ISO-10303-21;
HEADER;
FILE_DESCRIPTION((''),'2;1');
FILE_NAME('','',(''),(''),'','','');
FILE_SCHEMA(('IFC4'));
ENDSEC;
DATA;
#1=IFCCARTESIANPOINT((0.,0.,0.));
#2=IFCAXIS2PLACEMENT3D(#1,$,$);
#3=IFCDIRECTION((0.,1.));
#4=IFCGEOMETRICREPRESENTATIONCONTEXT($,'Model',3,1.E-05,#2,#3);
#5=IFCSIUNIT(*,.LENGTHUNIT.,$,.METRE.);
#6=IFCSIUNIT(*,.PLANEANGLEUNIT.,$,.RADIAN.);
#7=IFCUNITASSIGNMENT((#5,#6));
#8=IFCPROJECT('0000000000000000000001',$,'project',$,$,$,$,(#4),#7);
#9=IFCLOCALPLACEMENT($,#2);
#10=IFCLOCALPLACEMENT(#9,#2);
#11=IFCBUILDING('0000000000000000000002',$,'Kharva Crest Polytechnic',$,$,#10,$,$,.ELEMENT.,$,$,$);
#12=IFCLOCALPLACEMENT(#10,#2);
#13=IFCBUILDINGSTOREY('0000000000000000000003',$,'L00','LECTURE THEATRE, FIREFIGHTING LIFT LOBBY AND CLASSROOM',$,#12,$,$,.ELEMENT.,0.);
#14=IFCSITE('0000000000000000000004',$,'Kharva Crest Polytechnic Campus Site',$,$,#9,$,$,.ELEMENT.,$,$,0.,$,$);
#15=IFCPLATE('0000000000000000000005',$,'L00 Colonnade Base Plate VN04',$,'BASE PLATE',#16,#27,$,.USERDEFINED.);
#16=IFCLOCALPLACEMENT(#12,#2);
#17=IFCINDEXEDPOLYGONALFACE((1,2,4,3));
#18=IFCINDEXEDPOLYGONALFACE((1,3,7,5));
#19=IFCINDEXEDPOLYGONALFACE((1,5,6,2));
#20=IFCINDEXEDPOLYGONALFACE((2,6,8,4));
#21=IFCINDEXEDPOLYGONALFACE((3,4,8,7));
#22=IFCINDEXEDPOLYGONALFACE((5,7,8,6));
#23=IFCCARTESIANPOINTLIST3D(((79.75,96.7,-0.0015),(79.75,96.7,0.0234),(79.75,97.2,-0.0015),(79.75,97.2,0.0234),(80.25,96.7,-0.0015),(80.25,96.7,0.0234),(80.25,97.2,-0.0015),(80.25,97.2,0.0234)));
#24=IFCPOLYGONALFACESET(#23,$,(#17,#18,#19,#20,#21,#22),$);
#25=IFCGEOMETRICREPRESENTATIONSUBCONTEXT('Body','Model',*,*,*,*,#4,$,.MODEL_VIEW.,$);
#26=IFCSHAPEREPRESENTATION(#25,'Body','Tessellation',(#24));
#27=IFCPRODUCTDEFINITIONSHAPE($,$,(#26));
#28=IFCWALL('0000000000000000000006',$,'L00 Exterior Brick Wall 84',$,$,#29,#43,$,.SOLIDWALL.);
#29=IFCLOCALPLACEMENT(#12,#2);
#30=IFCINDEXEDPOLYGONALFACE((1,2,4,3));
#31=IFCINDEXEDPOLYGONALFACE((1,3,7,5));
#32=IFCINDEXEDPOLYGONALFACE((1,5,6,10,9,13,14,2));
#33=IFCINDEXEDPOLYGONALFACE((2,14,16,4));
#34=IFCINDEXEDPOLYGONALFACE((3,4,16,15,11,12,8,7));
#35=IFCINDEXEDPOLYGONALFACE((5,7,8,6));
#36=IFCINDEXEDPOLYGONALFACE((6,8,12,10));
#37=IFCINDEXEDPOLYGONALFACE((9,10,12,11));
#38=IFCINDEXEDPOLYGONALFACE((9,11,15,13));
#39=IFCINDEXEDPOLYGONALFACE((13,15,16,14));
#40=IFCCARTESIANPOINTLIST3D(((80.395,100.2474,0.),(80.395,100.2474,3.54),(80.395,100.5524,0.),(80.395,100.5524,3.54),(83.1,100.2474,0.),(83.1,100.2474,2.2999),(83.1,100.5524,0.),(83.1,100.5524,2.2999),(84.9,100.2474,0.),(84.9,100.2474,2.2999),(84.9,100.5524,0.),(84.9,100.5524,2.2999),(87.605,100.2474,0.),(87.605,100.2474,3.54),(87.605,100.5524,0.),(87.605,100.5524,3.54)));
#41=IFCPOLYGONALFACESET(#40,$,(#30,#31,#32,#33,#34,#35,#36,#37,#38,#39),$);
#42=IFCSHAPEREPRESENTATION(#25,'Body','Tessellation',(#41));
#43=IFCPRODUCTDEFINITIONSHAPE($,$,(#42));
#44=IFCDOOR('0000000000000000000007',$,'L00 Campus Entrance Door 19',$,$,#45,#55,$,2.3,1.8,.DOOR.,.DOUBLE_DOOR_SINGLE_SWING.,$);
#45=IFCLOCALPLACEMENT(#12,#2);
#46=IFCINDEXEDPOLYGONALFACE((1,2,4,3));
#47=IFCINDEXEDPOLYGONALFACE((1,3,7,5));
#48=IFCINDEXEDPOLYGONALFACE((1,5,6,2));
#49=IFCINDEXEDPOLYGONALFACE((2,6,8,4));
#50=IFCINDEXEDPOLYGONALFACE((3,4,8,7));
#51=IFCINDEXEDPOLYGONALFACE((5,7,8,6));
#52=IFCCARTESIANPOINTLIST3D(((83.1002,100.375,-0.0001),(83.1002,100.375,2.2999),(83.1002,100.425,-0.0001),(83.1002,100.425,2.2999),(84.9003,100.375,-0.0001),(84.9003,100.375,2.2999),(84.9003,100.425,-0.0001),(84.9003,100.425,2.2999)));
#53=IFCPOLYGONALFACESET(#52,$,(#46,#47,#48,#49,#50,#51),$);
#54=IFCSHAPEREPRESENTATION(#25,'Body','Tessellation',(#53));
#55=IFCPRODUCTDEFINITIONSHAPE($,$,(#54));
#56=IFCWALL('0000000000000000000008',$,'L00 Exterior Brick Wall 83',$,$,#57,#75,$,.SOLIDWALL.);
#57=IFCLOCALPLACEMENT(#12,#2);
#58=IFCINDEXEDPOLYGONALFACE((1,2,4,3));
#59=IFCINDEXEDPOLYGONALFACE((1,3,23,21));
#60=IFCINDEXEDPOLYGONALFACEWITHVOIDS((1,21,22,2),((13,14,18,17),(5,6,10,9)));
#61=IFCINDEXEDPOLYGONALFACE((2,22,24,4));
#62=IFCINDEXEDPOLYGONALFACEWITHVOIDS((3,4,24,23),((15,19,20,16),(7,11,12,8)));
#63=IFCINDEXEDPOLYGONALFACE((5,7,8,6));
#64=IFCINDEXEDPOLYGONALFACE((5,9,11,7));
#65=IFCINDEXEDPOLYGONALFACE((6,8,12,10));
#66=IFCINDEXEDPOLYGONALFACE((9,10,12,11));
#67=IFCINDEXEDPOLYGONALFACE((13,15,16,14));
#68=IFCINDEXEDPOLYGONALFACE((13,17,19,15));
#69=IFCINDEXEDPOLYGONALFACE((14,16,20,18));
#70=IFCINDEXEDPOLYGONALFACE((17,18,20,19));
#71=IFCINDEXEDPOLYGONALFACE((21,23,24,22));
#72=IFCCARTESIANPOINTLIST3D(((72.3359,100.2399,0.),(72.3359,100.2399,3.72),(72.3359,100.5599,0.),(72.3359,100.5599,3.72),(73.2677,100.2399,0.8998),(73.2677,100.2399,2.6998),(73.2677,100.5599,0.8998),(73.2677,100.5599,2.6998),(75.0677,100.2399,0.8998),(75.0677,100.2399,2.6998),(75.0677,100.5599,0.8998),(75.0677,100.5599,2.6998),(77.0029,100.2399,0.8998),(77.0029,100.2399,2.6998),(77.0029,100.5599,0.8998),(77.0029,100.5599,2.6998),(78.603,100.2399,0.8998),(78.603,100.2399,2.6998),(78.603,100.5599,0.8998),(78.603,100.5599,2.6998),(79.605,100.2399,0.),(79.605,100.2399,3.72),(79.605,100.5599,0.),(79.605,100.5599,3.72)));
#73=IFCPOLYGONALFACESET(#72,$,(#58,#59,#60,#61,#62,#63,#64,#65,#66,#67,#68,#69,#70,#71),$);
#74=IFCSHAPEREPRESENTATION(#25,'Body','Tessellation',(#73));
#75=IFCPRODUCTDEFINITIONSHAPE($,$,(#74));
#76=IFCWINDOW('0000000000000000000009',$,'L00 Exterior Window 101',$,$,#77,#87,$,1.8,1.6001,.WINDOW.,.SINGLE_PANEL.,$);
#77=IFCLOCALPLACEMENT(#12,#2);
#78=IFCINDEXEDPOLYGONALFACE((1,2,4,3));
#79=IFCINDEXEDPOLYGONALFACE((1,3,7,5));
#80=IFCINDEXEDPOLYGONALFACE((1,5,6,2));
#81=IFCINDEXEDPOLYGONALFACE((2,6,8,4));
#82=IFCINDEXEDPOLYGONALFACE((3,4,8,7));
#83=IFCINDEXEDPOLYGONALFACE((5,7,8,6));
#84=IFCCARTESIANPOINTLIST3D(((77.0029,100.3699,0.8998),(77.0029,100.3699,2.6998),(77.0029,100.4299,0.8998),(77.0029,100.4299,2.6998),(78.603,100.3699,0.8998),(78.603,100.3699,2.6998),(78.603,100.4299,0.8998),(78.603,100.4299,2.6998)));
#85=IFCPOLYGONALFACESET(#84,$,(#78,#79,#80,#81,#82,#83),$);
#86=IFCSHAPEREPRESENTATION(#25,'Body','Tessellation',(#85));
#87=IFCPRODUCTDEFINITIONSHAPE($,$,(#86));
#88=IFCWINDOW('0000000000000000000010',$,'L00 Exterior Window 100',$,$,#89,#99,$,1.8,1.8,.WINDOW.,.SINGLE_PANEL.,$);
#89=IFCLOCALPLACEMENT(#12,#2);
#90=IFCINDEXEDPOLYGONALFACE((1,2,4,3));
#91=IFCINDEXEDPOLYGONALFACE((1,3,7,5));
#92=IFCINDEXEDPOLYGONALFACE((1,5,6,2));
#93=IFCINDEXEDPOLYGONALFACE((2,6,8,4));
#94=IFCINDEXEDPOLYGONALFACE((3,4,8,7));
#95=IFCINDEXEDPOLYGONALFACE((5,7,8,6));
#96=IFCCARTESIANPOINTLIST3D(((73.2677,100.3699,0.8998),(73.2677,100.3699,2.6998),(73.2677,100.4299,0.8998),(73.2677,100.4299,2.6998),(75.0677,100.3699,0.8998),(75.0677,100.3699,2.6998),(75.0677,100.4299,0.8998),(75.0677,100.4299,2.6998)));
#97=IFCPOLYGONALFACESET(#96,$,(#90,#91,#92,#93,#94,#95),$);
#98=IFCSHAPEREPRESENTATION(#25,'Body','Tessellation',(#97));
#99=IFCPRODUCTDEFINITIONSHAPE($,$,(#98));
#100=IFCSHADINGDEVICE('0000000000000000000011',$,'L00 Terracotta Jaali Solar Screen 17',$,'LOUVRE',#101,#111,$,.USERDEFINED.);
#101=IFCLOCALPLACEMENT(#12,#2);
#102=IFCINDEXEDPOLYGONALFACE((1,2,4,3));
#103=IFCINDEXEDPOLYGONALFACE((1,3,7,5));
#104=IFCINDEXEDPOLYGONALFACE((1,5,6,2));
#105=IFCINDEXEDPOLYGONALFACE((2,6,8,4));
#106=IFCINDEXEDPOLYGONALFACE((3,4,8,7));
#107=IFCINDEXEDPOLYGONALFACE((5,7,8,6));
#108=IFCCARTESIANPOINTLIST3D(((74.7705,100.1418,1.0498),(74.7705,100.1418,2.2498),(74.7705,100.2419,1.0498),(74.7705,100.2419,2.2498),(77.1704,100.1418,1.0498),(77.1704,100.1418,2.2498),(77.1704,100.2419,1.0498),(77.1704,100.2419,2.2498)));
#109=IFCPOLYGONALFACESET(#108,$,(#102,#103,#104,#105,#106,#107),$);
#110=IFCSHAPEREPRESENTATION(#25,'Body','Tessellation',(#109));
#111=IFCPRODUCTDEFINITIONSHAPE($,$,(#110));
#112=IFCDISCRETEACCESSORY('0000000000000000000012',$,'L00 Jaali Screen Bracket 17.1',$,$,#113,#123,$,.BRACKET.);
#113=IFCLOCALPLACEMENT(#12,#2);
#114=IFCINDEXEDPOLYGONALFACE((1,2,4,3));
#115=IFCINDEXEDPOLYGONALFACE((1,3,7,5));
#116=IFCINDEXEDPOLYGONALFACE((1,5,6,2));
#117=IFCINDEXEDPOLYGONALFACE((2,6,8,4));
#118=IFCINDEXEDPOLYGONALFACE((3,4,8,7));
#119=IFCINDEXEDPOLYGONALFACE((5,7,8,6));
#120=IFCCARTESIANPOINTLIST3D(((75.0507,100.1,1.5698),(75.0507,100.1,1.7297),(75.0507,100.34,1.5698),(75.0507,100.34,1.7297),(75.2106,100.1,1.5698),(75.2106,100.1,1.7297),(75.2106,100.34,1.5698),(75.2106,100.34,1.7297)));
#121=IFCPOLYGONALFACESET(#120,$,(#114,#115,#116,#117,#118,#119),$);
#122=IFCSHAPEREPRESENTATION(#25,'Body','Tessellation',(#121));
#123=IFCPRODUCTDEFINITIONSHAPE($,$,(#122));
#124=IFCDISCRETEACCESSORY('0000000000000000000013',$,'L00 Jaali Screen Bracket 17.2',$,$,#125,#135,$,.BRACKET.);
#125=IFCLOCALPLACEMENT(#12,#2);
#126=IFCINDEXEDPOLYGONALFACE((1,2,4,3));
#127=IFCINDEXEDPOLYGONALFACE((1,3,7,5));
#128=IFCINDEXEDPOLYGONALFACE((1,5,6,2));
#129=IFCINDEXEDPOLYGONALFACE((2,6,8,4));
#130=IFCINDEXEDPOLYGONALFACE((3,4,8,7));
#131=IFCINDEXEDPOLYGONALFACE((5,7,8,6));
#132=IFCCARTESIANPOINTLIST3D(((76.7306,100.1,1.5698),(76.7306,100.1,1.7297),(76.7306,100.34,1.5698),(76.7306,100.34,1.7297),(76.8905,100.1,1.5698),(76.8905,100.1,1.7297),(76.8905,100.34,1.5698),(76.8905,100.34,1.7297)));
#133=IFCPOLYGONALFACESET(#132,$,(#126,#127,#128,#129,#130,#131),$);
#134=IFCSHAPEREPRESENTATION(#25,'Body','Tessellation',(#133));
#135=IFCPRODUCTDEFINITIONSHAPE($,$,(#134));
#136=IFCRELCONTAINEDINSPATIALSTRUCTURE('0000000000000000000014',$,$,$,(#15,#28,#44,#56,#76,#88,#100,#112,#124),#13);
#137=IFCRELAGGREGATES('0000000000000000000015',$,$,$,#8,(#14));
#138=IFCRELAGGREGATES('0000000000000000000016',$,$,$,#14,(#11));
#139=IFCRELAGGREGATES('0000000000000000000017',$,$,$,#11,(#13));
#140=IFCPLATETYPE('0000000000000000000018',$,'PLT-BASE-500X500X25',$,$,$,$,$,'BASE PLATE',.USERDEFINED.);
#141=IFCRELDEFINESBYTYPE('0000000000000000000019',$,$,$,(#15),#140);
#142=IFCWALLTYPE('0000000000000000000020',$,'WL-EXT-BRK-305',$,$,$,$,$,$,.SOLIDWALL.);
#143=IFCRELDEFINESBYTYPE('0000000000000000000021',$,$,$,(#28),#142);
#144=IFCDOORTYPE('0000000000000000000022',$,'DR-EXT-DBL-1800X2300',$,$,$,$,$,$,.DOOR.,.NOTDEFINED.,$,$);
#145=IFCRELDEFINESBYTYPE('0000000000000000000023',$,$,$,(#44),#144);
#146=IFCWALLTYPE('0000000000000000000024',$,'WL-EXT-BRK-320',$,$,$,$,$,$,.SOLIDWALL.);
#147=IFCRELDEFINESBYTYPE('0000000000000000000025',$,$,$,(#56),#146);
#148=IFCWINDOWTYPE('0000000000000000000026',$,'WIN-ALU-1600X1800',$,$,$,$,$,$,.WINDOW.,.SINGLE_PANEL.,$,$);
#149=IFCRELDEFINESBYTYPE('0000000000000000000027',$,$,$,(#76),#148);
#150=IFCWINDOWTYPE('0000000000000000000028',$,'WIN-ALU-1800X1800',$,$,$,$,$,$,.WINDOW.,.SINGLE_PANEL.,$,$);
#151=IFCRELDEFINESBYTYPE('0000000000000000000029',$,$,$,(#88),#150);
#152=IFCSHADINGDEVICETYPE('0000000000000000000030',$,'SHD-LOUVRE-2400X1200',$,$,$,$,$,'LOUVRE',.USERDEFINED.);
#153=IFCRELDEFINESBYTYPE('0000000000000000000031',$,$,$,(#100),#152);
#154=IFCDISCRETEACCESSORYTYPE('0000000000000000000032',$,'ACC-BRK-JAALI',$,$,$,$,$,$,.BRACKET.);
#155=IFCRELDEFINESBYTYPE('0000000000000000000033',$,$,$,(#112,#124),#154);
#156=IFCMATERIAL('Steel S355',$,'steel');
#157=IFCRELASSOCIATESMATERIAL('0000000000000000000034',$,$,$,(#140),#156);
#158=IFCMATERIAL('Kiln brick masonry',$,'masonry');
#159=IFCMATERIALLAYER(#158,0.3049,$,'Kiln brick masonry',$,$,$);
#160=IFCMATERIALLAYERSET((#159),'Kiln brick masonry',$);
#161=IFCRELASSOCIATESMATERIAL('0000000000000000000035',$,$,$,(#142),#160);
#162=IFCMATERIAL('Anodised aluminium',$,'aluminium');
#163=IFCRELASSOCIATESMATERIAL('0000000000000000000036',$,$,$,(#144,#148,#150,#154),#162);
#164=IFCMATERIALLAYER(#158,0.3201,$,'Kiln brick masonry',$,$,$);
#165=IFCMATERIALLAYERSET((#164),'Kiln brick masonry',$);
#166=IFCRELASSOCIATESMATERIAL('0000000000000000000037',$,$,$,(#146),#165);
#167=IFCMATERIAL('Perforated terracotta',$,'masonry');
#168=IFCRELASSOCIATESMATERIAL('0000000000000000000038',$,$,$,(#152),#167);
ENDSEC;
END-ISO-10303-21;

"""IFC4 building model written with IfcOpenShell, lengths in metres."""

from ifc_helpers import new_model, si_unit, direction, frame, frame_2d, origin, origin_2d, place, context, subcontext, project, spatial, rectangle, extrude, material, layer, layer_set, type_object, element, fill, save


model = new_model("IFC4")

# Units and contexts
model_context = context("Model", 3, precision=1e-05, world=origin(), true_north=direction((0.0, 1.0)))
body_context = subcontext(model_context, "Body", "Model", "MODEL_VIEW")
ifc_project = project(units=[si_unit("LENGTHUNIT", "METRE"), si_unit("PLANEANGLEUNIT", "RADIAN")], contexts=[model_context])

# Site, building, storey
site_placement = place(None, origin())
site = spatial("IfcSite", under=ifc_project, at=site_placement, Name="Kharva Crest Polytechnic Campus Site", CompositionType="ELEMENT", RefElevation=0.0)
building_placement = place(site_placement, origin())
building = spatial("IfcBuilding", under=site, at=building_placement, Name="Kharva Crest Polytechnic", CompositionType="ELEMENT")
storey_placement = place(building_placement, origin())
storey = spatial("IfcBuildingStorey", under=building, at=storey_placement, Name="L00", Description="LECTURE THEATRE, FIREFIGHTING LIFT LOBBY AND CLASSROOM", CompositionType="ELEMENT", Elevation=0.0)

# Shared definitions
ifc_material_1 = material(Name="Steel S355", Category="steel")

# Plate
plate_type_1 = type_object("IfcPlateType", Name="PLT-BASE-500X500X25", ElementType="BASE PLATE", PredefinedType="USERDEFINED", material=ifc_material_1)
plate_1_placement = place(storey_placement, frame((80.0, 96.95, -0.0015), z_axis=(0.0, 0.0, 1.0), x_axis=(1.0, 0.0, 0.0)))
element("IfcPlate", 1, at=plate_1_placement, inside=storey, type_object=plate_type_1, Name="L00 Colonnade Base Plate VN04", ObjectType="BASE PLATE", PredefinedType="USERDEFINED", context=body_context, shape_type="SweptSolid", body=[
    extrude(rectangle(XDim=0.5, YDim=0.5, at=origin_2d()), origin(), (0.0, 0.0, 1.0), 0.0249),
])

# Wall, opening, door
ifc_material_2 = material(Name="Kiln brick masonry", Category="masonry")
ifc_layer_1 = layer(ifc_material_2, 0.3049, Name="Kiln brick masonry")
ifc_layer_set_1 = layer_set([ifc_layer_1], Name="Kiln brick masonry")
wall_type_1 = type_object("IfcWallType", Name="WL-EXT-BRK-305", PredefinedType="SOLIDWALL", material=ifc_layer_set_1)
wall_1_placement = place(storey_placement, frame((80.395, 100.3999, 0.0), z_axis=(0.0, 0.0, 1.0), x_axis=(1.0, 0.0, 0.0)))
wall_1 = element("IfcWall", 2, at=wall_1_placement, inside=storey, type_object=wall_type_1, Name="L00 Exterior Brick Wall 84", PredefinedType="SOLIDWALL", context=body_context, shape_type="SweptSolid", body=[
    extrude(rectangle(XDim=7.21, YDim=0.3049, at=frame_2d((3.605, 0.0))), origin(), (0.0, 0.0, 1.0), 3.54),
])
opening_1_placement = place(wall_1_placement, frame((2.7051, 0.0, 0.0)))
opening_1 = element("IfcOpeningElement", 3, at=opening_1_placement, cuts=wall_1, PredefinedType="OPENING", context=body_context, shape_type="SweptSolid", body=[
    extrude(rectangle(XDim=1.8, YDim=2.3, at=frame_2d((0.8999, 1.1499))), frame((0.0, 0.1624, 0.0), z_axis=(0.0, -1.0, 0.0), x_axis=(1.0, 0.0, 0.0)), (0.0, 0.0, 1.0), 0.325),
])
ifc_material_3 = material(Name="Anodised aluminium", Category="aluminium")
door_type = type_object("IfcDoorType", Name="DR-EXT-DBL-1800X2300", OperationType="NOTDEFINED", PredefinedType="DOOR", material=ifc_material_3)
door_placement = place(opening_1_placement, frame((1.8, 0.0, 0.0), z_axis=(0.0, 0.0, 1.0), x_axis=(-1.0, 0.0, 0.0)))
door = element("IfcDoor", 4, at=door_placement, inside=storey, type_object=door_type, Name="L00 Campus Entrance Door 19", OperationType="DOUBLE_DOOR_SINGLE_SWING", OverallHeight=2.3, OverallWidth=1.8, PredefinedType="DOOR", context=body_context, shape_type="SweptSolid", body=[
    extrude(rectangle(XDim=1.8, YDim=2.3, at=frame_2d((0.8999, 1.1499))), frame((0.0, 0.0249, 0.0), z_axis=(0.0, -1.0, 0.0), x_axis=(1.0, 0.0, 0.0)), (0.0, 0.0, 1.0), 0.05),
])
fill(opening_1, door)

# Wall, openings, windows
ifc_layer_2 = layer(ifc_material_2, 0.3201, Name="Kiln brick masonry")
ifc_layer_set_2 = layer_set([ifc_layer_2], Name="Kiln brick masonry")
wall_type_2 = type_object("IfcWallType", Name="WL-EXT-BRK-320", PredefinedType="SOLIDWALL", material=ifc_layer_set_2)
wall_2_placement = place(storey_placement, frame((72.3359, 100.3999, 0.0), z_axis=(0.0, 0.0, 1.0), x_axis=(1.0, 0.0, 0.0)))
wall_2 = element("IfcWall", 5, at=wall_2_placement, inside=storey, type_object=wall_type_2, Name="L00 Exterior Brick Wall 83", PredefinedType="SOLIDWALL", context=body_context, shape_type="SweptSolid", body=[
    extrude(rectangle(XDim=7.269, YDim=0.3201, at=frame_2d((3.6345, 0.0))), origin(), (0.0, 0.0, 1.0), 3.72),
])
opening_2_placement = place(wall_2_placement, frame((0.9319, 0.0, 0.8999)))
opening_2 = element("IfcOpeningElement", 6, at=opening_2_placement, cuts=wall_2, PredefinedType="OPENING", context=body_context, shape_type="SweptSolid", body=[
    extrude(rectangle(XDim=1.8, YDim=1.8, at=frame_2d((0.8999, 0.8999))), frame((0.0, 0.1699, 0.0), z_axis=(0.0, -1.0, 0.0), x_axis=(1.0, 0.0, 0.0)), (0.0, 0.0, 1.0), 0.3401),
])
opening_3_placement = place(wall_2_placement, frame((4.667, 0.0, 0.8999)))
opening_3 = element("IfcOpeningElement", 7, at=opening_3_placement, cuts=wall_2, PredefinedType="OPENING", context=body_context, shape_type="SweptSolid", body=[
    extrude(rectangle(XDim=1.6001, YDim=1.8, at=frame_2d((0.8, 0.8999))), frame((0.0, 0.1699, 0.0), z_axis=(0.0, -1.0, 0.0), x_axis=(1.0, 0.0, 0.0)), (0.0, 0.0, 1.0), 0.3401),
])
window_type_1 = type_object("IfcWindowType", Name="WIN-ALU-1600X1800", PartitioningType="SINGLE_PANEL", PredefinedType="WINDOW", material=ifc_material_3)
window_1_placement = place(opening_3_placement, origin())
window_1 = element("IfcWindow", 8, at=window_1_placement, inside=storey, type_object=window_type_1, Name="L00 Exterior Window 101", OverallHeight=1.8, OverallWidth=1.6001, PartitioningType="SINGLE_PANEL", PredefinedType="WINDOW", context=body_context, shape_type="SweptSolid", body=[
    extrude(rectangle(XDim=1.6001, YDim=1.8, at=frame_2d((0.8, 0.8999))), frame((0.0, 0.03, 0.0), z_axis=(0.0, -1.0, 0.0), x_axis=(1.0, 0.0, 0.0)), (0.0, 0.0, 1.0), 0.0601),
])
fill(opening_3, window_1)
window_type_2 = type_object("IfcWindowType", Name="WIN-ALU-1800X1800", PartitioningType="SINGLE_PANEL", PredefinedType="WINDOW", material=ifc_material_3)
window_2_placement = place(opening_2_placement, origin())
window_2 = element("IfcWindow", 9, at=window_2_placement, inside=storey, type_object=window_type_2, Name="L00 Exterior Window 100", OverallHeight=1.8, OverallWidth=1.8, PartitioningType="SINGLE_PANEL", PredefinedType="WINDOW", context=body_context, shape_type="SweptSolid", body=[
    extrude(rectangle(XDim=1.8, YDim=1.8, at=frame_2d((0.8999, 0.8999))), frame((0.0, 0.03, 0.0), z_axis=(0.0, -1.0, 0.0), x_axis=(1.0, 0.0, 0.0)), (0.0, 0.0, 1.0), 0.0601),
])
fill(opening_2, window_2)

# Shading device
ifc_material_4 = material(Name="Perforated terracotta", Category="masonry")
shading_device_type = type_object("IfcShadingDeviceType", Name="SHD-LOUVRE-2400X1200", ElementType="LOUVRE", PredefinedType="USERDEFINED", material=ifc_material_4)
shading_device_placement = place(storey_placement, frame((75.9705, 100.1919, 1.0498), z_axis=(0.0, 0.0, 1.0), x_axis=(1.0, 0.0, 0.0)))
element("IfcShadingDevice", 10, at=shading_device_placement, inside=storey, type_object=shading_device_type, Name="L00 Terracotta Jaali Solar Screen 17", ObjectType="LOUVRE", PredefinedType="USERDEFINED", context=body_context, shape_type="SweptSolid", body=[
    extrude(rectangle(XDim=2.3999, YDim=0.1001, at=origin_2d()), origin(), (0.0, 0.0, 1.0), 1.2),
])

# Discrete accessories
discrete_accessory_type = type_object("IfcDiscreteAccessoryType", Name="ACC-BRK-JAALI", PredefinedType="BRACKET", material=ifc_material_3)
for number, where, z_axis, x_axis, name in (
    (11, (75.1306, 100.22, 1.5698), (0.0, 0.0, 1.0), (1.0, 0.0, 0.0), "L00 Jaali Screen Bracket 17.1"),
    (12, (76.8105, 100.22, 1.5698), (0.0, 0.0, 1.0), (1.0, 0.0, 0.0), "L00 Jaali Screen Bracket 17.2"),
):
    element("IfcDiscreteAccessory", number, at=place(storey_placement, frame(where, z_axis=z_axis, x_axis=x_axis)), inside=storey, type_object=discrete_accessory_type, Name=name, PredefinedType="BRACKET", context=body_context, shape_type="SweptSolid", body=[
        extrude(rectangle(XDim=0.1599, YDim=0.24, at=origin_2d()), origin(), (0.0, 0.0, 1.0), 0.1599),
    ])

save(model, "model.ifc")
